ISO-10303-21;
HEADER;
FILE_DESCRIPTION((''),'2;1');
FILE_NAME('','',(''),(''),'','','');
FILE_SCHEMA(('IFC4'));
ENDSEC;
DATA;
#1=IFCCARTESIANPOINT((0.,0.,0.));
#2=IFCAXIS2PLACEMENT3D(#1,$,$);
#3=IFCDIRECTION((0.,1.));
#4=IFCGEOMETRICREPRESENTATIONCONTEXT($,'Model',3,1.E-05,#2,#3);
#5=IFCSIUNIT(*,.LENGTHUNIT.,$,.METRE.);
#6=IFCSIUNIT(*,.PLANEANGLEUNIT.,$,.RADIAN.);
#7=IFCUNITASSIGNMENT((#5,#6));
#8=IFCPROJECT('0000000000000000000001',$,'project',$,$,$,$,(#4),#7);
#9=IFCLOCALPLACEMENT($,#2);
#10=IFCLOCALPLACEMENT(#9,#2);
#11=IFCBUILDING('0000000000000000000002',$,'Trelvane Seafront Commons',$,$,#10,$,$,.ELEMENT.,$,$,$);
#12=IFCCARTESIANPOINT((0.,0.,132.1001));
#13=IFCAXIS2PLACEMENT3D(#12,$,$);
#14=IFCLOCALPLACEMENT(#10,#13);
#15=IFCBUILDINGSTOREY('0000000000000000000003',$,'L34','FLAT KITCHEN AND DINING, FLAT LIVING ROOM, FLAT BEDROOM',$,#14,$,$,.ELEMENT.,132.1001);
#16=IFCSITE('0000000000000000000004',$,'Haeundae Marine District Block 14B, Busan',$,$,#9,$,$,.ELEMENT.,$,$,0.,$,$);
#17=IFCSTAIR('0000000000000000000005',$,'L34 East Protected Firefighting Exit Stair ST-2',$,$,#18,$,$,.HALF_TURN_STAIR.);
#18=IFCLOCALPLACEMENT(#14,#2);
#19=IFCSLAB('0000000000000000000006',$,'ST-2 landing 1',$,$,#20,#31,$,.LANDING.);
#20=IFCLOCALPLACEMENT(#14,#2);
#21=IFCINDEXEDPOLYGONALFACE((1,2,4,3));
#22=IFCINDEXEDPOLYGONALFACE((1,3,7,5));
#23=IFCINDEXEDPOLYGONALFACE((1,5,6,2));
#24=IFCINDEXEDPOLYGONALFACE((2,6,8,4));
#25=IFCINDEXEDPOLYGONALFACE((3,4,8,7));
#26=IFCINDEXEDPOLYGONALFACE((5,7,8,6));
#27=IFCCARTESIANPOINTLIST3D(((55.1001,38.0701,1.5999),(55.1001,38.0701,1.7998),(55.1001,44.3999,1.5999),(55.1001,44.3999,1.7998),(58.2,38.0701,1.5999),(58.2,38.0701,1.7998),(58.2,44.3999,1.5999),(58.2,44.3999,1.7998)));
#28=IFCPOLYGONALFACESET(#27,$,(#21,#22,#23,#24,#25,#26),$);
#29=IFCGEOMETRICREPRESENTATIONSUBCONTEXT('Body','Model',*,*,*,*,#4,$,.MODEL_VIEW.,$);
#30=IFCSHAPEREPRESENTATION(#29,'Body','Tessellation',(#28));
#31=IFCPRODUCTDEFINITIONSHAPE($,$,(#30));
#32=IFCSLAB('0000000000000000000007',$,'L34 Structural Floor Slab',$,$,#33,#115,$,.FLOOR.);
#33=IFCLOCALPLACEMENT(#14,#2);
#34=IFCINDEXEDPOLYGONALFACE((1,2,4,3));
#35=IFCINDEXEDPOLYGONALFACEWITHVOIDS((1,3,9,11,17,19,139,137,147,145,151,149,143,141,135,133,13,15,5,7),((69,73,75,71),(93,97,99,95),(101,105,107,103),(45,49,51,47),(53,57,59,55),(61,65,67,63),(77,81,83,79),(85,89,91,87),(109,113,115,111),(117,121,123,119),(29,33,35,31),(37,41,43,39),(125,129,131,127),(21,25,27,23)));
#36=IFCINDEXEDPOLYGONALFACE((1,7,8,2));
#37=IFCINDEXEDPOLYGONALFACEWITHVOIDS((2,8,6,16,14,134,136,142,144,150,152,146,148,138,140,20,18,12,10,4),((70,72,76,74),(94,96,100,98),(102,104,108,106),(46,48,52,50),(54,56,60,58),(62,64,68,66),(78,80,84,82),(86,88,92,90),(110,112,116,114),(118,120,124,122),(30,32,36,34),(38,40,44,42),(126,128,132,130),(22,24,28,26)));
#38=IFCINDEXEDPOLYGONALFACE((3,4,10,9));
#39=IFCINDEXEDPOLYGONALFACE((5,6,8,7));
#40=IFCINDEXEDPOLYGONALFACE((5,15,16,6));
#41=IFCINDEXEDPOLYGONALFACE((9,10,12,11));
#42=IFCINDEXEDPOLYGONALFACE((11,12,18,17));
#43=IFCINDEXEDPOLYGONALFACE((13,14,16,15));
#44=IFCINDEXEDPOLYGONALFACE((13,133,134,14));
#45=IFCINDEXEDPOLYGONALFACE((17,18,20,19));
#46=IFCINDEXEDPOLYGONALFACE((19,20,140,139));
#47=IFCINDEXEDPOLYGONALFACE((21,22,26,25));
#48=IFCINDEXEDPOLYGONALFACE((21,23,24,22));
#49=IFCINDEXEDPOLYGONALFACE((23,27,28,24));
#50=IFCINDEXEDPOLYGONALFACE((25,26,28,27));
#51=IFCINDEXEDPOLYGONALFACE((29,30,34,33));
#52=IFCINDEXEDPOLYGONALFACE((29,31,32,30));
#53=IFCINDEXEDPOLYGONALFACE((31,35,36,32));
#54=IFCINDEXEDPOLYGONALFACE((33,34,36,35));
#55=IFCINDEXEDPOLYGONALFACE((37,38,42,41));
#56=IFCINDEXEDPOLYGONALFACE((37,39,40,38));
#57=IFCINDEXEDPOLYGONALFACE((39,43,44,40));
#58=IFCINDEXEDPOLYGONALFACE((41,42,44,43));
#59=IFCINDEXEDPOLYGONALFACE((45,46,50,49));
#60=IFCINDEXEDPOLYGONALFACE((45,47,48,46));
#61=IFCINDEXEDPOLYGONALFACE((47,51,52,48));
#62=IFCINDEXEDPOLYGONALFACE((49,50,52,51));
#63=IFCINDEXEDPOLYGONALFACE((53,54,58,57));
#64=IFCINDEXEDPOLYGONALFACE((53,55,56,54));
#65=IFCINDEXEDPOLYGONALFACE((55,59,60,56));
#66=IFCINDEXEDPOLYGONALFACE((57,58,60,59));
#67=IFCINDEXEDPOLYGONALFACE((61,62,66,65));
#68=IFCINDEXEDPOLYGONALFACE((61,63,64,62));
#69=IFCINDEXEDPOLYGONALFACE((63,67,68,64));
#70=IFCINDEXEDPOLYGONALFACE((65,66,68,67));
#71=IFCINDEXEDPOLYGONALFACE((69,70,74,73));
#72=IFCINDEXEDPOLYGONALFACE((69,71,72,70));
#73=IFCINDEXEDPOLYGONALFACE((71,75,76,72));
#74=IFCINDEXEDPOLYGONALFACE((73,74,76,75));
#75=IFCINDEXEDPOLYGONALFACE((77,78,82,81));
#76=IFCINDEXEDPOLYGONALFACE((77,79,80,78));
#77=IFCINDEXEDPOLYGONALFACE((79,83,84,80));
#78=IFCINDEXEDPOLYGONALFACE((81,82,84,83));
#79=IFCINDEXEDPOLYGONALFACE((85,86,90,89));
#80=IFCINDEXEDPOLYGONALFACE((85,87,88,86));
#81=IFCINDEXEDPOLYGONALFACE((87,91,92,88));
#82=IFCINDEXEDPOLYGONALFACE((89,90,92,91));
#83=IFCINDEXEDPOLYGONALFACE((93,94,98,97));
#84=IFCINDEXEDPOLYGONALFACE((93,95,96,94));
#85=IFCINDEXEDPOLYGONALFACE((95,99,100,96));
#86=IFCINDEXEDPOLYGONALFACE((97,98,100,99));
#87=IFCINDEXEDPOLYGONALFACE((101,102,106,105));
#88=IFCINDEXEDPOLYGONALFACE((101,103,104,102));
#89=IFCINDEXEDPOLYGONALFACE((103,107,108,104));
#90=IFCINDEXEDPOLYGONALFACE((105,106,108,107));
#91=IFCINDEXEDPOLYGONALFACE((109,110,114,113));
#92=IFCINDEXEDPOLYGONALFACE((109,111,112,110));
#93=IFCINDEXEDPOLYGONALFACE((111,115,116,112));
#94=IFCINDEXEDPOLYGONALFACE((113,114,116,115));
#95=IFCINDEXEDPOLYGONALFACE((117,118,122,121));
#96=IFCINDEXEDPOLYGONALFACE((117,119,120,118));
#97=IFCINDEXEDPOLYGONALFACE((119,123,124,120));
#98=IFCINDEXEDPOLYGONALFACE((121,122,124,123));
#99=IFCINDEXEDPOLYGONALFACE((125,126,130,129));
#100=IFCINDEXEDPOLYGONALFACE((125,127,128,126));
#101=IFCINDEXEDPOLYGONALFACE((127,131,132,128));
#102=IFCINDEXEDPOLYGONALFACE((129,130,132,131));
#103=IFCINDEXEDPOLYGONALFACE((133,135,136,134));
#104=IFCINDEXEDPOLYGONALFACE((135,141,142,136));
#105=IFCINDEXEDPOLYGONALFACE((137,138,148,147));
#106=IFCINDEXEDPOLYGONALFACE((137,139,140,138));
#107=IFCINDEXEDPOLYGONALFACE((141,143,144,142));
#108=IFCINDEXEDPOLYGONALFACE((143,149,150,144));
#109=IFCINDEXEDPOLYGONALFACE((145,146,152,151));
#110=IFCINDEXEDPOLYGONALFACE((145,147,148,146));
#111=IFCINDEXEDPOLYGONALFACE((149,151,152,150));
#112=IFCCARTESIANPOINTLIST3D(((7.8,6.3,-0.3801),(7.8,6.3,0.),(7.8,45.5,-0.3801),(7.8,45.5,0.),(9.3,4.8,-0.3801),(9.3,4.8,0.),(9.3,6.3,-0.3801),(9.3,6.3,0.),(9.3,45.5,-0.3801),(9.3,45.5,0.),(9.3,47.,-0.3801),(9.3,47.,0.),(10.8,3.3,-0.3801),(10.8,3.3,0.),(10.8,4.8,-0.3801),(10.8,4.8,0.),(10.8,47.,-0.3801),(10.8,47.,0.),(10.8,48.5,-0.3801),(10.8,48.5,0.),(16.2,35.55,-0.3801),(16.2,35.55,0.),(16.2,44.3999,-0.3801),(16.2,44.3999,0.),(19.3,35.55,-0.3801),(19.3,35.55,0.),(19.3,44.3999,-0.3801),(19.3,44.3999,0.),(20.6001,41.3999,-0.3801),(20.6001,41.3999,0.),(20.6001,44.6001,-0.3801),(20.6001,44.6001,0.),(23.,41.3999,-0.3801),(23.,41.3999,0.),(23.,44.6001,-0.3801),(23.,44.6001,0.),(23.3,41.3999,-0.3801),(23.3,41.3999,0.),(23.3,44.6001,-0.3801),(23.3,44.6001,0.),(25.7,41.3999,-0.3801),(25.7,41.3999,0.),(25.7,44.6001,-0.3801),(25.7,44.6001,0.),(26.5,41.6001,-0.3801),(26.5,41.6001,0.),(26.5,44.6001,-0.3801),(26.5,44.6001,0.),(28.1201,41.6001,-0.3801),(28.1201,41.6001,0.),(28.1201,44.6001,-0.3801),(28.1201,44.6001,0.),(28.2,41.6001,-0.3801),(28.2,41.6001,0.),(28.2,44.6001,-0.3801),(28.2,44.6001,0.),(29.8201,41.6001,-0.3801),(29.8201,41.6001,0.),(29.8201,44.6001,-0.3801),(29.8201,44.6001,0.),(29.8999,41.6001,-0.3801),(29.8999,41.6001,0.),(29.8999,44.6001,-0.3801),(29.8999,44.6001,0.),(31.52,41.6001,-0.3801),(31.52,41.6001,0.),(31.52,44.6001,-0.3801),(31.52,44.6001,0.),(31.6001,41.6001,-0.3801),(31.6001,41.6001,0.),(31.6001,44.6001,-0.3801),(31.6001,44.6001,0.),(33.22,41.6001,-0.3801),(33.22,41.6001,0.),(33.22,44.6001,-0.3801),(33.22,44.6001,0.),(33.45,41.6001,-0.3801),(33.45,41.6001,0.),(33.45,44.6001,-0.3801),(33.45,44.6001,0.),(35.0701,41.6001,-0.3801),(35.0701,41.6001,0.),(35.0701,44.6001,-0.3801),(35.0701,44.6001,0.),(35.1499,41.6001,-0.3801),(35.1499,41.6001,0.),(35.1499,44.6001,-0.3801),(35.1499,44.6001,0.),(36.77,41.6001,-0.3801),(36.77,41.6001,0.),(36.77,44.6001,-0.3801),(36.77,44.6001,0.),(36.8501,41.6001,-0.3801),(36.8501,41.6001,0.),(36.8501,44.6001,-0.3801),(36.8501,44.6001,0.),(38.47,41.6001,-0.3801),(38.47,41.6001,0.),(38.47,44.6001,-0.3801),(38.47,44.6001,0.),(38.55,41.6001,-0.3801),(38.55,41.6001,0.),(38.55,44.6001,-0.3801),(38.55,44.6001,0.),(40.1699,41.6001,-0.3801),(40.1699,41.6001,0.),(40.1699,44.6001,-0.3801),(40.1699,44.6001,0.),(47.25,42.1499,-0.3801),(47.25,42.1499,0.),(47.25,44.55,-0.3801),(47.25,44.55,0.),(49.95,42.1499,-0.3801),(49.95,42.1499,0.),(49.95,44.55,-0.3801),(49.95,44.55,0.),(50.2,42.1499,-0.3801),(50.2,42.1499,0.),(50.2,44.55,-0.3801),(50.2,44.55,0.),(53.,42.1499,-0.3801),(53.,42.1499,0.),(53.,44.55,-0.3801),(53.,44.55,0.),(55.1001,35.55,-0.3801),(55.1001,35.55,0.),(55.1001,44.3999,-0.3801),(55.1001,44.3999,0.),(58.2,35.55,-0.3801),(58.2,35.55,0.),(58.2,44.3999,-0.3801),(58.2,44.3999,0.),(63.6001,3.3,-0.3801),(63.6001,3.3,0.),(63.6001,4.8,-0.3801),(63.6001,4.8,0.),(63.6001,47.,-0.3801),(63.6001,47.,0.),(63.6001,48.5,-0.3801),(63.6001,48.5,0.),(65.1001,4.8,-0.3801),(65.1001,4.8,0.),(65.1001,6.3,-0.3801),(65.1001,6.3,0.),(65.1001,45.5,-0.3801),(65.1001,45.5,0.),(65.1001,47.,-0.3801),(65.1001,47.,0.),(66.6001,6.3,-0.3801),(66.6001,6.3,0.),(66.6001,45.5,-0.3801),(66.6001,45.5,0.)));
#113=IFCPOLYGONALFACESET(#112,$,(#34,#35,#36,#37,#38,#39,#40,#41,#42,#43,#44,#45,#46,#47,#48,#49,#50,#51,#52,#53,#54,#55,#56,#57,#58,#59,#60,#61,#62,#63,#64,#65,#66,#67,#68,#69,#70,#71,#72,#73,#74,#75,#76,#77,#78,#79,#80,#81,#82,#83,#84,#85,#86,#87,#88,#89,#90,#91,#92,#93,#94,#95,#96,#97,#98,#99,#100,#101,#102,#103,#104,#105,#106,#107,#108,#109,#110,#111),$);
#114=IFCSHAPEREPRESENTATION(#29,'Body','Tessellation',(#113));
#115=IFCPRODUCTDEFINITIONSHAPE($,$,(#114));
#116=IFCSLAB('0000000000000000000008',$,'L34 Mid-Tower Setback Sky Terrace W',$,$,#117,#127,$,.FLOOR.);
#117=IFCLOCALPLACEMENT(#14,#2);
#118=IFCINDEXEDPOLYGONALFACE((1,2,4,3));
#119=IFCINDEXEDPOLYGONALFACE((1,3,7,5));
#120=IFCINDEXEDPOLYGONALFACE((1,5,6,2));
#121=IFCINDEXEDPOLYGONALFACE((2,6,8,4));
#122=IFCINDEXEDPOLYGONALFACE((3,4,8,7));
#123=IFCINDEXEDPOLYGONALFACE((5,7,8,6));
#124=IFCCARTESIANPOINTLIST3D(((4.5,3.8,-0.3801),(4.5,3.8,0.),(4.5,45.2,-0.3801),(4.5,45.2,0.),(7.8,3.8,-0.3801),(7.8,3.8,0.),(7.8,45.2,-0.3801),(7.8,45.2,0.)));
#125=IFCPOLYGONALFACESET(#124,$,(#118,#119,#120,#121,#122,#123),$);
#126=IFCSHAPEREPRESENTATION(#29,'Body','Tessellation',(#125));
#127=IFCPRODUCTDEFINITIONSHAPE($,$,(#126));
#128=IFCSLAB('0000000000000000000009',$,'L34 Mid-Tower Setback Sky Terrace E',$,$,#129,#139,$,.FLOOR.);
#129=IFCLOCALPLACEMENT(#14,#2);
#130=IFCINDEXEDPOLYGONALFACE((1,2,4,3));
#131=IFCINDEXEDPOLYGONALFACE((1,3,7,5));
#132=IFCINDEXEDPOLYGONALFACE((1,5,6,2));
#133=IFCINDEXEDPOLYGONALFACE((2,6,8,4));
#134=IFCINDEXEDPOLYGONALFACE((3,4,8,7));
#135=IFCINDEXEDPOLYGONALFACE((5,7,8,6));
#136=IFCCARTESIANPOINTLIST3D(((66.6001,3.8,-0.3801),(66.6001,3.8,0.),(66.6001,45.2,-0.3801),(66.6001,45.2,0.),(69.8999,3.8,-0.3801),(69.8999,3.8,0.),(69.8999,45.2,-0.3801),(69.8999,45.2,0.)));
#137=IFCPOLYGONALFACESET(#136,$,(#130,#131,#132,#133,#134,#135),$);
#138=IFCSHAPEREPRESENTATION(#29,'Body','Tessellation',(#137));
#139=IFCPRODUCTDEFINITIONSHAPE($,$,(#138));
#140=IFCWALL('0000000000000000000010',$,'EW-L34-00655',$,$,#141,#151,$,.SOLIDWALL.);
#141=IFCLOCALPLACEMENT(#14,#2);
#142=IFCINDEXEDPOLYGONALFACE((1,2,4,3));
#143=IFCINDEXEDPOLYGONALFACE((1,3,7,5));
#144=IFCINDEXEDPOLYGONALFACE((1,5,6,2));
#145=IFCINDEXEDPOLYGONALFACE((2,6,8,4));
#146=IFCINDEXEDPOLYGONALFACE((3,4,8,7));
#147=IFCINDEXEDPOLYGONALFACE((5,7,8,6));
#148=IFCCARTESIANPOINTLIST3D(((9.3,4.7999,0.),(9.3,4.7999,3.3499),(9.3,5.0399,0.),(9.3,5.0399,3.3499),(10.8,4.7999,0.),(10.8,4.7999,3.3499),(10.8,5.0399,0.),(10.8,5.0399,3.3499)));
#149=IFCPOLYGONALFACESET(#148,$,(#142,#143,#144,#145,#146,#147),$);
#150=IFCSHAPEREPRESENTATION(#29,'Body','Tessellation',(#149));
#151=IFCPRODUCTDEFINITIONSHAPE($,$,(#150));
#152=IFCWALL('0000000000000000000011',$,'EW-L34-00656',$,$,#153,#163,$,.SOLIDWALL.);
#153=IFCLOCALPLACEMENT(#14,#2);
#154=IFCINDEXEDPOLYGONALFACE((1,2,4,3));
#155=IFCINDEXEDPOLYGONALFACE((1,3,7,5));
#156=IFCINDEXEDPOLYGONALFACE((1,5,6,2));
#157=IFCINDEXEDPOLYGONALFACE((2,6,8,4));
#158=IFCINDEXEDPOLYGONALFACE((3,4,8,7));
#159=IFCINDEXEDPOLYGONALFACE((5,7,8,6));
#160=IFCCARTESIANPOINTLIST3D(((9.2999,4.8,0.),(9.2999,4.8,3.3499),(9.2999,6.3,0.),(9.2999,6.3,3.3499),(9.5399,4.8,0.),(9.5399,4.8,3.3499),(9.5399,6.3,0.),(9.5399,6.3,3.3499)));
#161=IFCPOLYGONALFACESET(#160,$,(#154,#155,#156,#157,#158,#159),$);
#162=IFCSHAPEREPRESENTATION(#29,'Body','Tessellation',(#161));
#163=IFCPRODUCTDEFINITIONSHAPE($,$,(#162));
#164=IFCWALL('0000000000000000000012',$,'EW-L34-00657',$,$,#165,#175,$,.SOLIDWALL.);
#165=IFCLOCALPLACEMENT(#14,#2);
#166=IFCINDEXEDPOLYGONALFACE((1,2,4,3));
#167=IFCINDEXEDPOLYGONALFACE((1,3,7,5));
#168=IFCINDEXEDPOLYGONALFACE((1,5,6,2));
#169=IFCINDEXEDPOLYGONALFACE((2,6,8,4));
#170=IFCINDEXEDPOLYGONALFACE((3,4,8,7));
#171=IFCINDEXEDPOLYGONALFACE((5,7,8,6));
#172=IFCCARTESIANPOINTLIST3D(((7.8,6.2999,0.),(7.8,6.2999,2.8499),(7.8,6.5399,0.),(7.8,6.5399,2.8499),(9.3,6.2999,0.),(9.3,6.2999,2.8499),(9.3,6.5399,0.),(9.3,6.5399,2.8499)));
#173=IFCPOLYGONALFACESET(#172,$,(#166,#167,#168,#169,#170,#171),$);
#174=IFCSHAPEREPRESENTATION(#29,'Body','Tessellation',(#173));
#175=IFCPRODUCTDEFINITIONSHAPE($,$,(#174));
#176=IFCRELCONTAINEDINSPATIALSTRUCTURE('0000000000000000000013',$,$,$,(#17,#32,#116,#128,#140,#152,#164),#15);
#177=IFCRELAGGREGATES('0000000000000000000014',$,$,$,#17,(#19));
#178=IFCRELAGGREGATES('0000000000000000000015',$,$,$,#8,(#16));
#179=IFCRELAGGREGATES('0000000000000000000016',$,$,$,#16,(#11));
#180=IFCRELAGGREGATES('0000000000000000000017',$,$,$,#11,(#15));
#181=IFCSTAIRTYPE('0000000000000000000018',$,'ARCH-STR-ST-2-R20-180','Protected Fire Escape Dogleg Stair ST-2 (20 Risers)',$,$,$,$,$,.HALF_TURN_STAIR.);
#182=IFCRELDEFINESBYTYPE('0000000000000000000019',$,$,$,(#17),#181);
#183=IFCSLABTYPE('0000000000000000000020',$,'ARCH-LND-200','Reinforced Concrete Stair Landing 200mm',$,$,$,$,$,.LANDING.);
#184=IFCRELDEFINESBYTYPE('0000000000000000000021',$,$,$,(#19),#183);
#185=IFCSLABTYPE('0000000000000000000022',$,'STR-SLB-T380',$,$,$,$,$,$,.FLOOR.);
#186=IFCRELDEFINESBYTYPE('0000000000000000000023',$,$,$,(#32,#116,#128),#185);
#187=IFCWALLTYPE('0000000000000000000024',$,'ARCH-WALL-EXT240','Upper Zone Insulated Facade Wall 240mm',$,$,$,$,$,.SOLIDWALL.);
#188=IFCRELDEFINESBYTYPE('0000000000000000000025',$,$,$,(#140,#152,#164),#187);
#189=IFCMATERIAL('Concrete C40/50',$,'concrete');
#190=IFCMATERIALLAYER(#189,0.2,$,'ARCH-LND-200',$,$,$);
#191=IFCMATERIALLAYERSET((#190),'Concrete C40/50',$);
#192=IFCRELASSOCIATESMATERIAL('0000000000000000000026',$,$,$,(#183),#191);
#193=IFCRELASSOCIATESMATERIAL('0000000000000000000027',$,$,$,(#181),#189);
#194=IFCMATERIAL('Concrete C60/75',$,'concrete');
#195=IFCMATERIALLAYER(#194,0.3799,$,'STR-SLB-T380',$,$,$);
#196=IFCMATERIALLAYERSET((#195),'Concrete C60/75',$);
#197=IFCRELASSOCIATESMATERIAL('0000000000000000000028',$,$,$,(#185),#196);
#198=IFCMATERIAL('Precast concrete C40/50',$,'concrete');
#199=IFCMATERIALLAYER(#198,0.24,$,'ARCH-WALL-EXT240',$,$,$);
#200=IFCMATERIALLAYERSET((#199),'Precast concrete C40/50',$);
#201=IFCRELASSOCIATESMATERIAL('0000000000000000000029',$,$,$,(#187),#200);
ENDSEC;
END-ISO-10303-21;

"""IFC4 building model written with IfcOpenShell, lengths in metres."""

from ifc_helpers import new_model, si_unit, direction, frame, frame_2d, origin, place, context, subcontext, project, spatial, polyline, rectangle, outline, extrude, material, layer, layer_set, type_object, element, aggregate, save


model = new_model("IFC4")

# Units and contexts
model_context = context("Model", 3, precision=1e-05, world=origin(), true_north=direction((0.0, 1.0)))
body_context = subcontext(model_context, "Body", "Model", "MODEL_VIEW")
ifc_project = project(units=[si_unit("LENGTHUNIT", "METRE"), si_unit("PLANEANGLEUNIT", "RADIAN")], contexts=[model_context])

# Site, building, storey
site_placement = place(None, origin())
site = spatial("IfcSite", under=ifc_project, at=site_placement, Name="Haeundae Marine District Block 14B, Busan", CompositionType="ELEMENT", RefElevation=0.0)
building_placement = place(site_placement, origin())
building = spatial("IfcBuilding", under=site, at=building_placement, Name="Trelvane Seafront Commons", CompositionType="ELEMENT")
storey_placement = place(building_placement, frame((0.0, 0.0, 132.1001)))
storey = spatial("IfcBuildingStorey", under=building, at=storey_placement, Name="L34", Description="FLAT KITCHEN AND DINING, FLAT LIVING ROOM, FLAT BEDROOM", CompositionType="ELEMENT", Elevation=132.1001)

# Shared definitions
ifc_material_1 = material(Name="Concrete C40/50", Category="concrete")

# Stair, slab
ifc_layer_1 = layer(ifc_material_1, 0.2, Name="ARCH-LND-200")
ifc_layer_set_1 = layer_set([ifc_layer_1], Name="Concrete C40/50")
slab_type_1 = type_object("IfcSlabType", Name="ARCH-LND-200", Description="Reinforced Concrete Stair Landing 200mm", PredefinedType="LANDING", material=ifc_layer_set_1)
stair_type_1 = type_object("IfcStairType", Name="ARCH-STR-ST-2-R20-180", Description="Protected Fire Escape Dogleg Stair ST-2 (20 Risers)", PredefinedType="HALF_TURN_STAIR", material=ifc_material_1)
stair_1_placement = place(storey_placement, origin())
stair_1 = element("IfcStair", 1, at=stair_1_placement, inside=storey, type_object=stair_type_1, Name="L34 East Protected Firefighting Exit Stair ST-2", PredefinedType="HALF_TURN_STAIR")
slab_1_placement = place(storey_placement, frame((0.0, 0.0, 1.5999)))
slab_1 = element("IfcSlab", 2, at=slab_1_placement, type_object=slab_type_1, Name="ST-2 landing 1", PredefinedType="LANDING", context=body_context, shape_type="SweptSolid", body=[
    extrude(outline(polyline([(58.2, 38.0701), (58.2, 44.3999), (55.1001, 44.3999), (55.1001, 38.0701), (58.2, 38.0701)])), origin(), (0.0, 0.0, 1.0), 0.2),
])
aggregate(stair_1, [slab_1])

# Slabs
ifc_material_2 = material(Name="Concrete C60/75", Category="concrete")
ifc_layer_2 = layer(ifc_material_2, 0.3799, Name="STR-SLB-T380")
ifc_layer_set_2 = layer_set([ifc_layer_2], Name="Concrete C60/75")
slab_type_2 = type_object("IfcSlabType", Name="STR-SLB-T380", PredefinedType="FLOOR", material=ifc_layer_set_2)
slab_2_placement = place(storey_placement, frame((0.0, 0.0, -0.3801)))
element("IfcSlab", 3, at=slab_2_placement, inside=storey, type_object=slab_type_2, Name="L34 Structural Floor Slab", PredefinedType="FLOOR", context=body_context, shape_type="SweptSolid", body=[
    extrude(outline(polyline([(10.8, 3.3), (63.6001, 3.3), (63.6001, 4.8), (65.1001, 4.8), (65.1001, 6.3), (66.6001, 6.3), (66.6001, 45.5), (65.1001, 45.5), (65.1001, 47.0), (63.6001, 47.0), (63.6001, 48.5), (10.8, 48.5), (10.8, 47.0), (9.3, 47.0), (9.3, 45.5), (7.8, 45.5), (7.8, 6.3), (9.3, 6.3), (9.3, 4.8), (10.8, 4.8), (10.8, 3.3)]), holes=[polyline([(19.3, 35.55), (16.2, 35.55), (16.2, 44.3999), (19.3, 44.3999), (19.3, 35.55)]), polyline([(20.6001, 41.3999), (20.6001, 44.6001), (23.0, 44.6001), (23.0, 41.3999), (20.6001, 41.3999)]), polyline([(23.3, 41.3999), (23.3, 44.6001), (25.7, 44.6001), (25.7, 41.3999), (23.3, 41.3999)]), polyline([(26.5, 41.6001), (26.5, 44.6001), (28.1201, 44.6001), (28.1201, 41.6001), (26.5, 41.6001)]), polyline([(28.2, 41.6001), (28.2, 44.6001), (29.8201, 44.6001), (29.8201, 41.6001), (28.2, 41.6001)]), polyline([(29.8999, 41.6001), (29.8999, 44.6001), (31.52, 44.6001), (31.52, 41.6001), (29.8999, 41.6001)]), polyline([(31.6001, 41.6001), (31.6001, 44.6001), (33.22, 44.6001), (33.22, 41.6001), (31.6001, 41.6001)]), polyline([(58.2, 35.55), (55.1001, 35.55), (55.1001, 44.3999), (58.2, 44.3999), (58.2, 35.55)]), polyline([(33.45, 41.6001), (33.45, 44.6001), (35.0701, 44.6001), (35.0701, 41.6001), (33.45, 41.6001)]), polyline([(35.1499, 41.6001), (35.1499, 44.6001), (36.77, 44.6001), (36.77, 41.6001), (35.1499, 41.6001)]), polyline([(36.8501, 41.6001), (36.8501, 44.6001), (38.47, 44.6001), (38.47, 41.6001), (36.8501, 41.6001)]), polyline([(38.55, 41.6001), (38.55, 44.6001), (40.1699, 44.6001), (40.1699, 41.6001), (38.55, 41.6001)]), polyline([(47.25, 42.1499), (47.25, 44.55), (49.95, 44.55), (49.95, 42.1499), (47.25, 42.1499)]), polyline([(50.2, 42.1499), (50.2, 44.55), (53.0, 44.55), (53.0, 42.1499), (50.2, 42.1499)])]), origin(), (0.0, 0.0, 1.0), 0.3801),
])
slab_3_placement = place(storey_placement, frame((0.0, 0.0, -0.3801)))
element("IfcSlab", 4, at=slab_3_placement, inside=storey, type_object=slab_type_2, Name="L34 Mid-Tower Setback Sky Terrace W", PredefinedType="FLOOR", context=body_context, shape_type="SweptSolid", body=[
    extrude(outline(polyline([(4.5, 3.8), (7.8, 3.8), (7.8, 45.2), (4.5, 45.2), (4.5, 3.8)])), origin(), (0.0, 0.0, 1.0), 0.3801),
])
slab_4_placement = place(storey_placement, frame((0.0, 0.0, -0.3801)))
element("IfcSlab", 5, at=slab_4_placement, inside=storey, type_object=slab_type_2, Name="L34 Mid-Tower Setback Sky Terrace E", PredefinedType="FLOOR", context=body_context, shape_type="SweptSolid", body=[
    extrude(outline(polyline([(66.6001, 3.8), (69.8999, 3.8), (69.8999, 45.2), (66.6001, 45.2), (66.6001, 3.8)])), origin(), (0.0, 0.0, 1.0), 0.3801),
])

# Walls
ifc_material_3 = material(Name="Precast concrete C40/50", Category="concrete")
ifc_layer_3 = layer(ifc_material_3, 0.24, Name="ARCH-WALL-EXT240")
ifc_layer_set_3 = layer_set([ifc_layer_3], Name="Precast concrete C40/50")
wall_type_1 = type_object("IfcWallType", Name="ARCH-WALL-EXT240", Description="Upper Zone Insulated Facade Wall 240mm", PredefinedType="SOLIDWALL", material=ifc_layer_set_3)
for number, where, z_axis, x_axis, name in (
    (6, (10.8, 4.9199, 0.0), (0.0, 0.0, 1.0), (-1.0, 0.0, 0.0), "EW-L34-00655"),
    (7, (9.4199, 4.8, 0.0), (0.0, 0.0, 1.0), (0.0, 1.0, 0.0), "EW-L34-00656"),
):
    element("IfcWall", number, at=place(storey_placement, frame(where, z_axis=z_axis, x_axis=x_axis)), inside=storey, type_object=wall_type_1, Name=name, PredefinedType="SOLIDWALL", context=body_context, shape_type="SweptSolid", body=[
        extrude(rectangle(XDim=1.5, YDim=0.24, at=frame_2d((0.75, 0.0))), origin(), (0.0, 0.0, 1.0), 3.3499),
    ])
wall_1_placement = place(storey_placement, frame((9.3, 6.4199, 0.0), z_axis=(0.0, 0.0, 1.0), x_axis=(-1.0, 0.0, 0.0)))
element("IfcWall", 8, at=wall_1_placement, inside=storey, type_object=wall_type_1, Name="EW-L34-00657", PredefinedType="SOLIDWALL", context=body_context, shape_type="SweptSolid", body=[
    extrude(rectangle(XDim=1.5, YDim=0.24, at=frame_2d((0.75, 0.0))), origin(), (0.0, 0.0, 1.0), 2.8499),
])

save(model, "model.ifc")
